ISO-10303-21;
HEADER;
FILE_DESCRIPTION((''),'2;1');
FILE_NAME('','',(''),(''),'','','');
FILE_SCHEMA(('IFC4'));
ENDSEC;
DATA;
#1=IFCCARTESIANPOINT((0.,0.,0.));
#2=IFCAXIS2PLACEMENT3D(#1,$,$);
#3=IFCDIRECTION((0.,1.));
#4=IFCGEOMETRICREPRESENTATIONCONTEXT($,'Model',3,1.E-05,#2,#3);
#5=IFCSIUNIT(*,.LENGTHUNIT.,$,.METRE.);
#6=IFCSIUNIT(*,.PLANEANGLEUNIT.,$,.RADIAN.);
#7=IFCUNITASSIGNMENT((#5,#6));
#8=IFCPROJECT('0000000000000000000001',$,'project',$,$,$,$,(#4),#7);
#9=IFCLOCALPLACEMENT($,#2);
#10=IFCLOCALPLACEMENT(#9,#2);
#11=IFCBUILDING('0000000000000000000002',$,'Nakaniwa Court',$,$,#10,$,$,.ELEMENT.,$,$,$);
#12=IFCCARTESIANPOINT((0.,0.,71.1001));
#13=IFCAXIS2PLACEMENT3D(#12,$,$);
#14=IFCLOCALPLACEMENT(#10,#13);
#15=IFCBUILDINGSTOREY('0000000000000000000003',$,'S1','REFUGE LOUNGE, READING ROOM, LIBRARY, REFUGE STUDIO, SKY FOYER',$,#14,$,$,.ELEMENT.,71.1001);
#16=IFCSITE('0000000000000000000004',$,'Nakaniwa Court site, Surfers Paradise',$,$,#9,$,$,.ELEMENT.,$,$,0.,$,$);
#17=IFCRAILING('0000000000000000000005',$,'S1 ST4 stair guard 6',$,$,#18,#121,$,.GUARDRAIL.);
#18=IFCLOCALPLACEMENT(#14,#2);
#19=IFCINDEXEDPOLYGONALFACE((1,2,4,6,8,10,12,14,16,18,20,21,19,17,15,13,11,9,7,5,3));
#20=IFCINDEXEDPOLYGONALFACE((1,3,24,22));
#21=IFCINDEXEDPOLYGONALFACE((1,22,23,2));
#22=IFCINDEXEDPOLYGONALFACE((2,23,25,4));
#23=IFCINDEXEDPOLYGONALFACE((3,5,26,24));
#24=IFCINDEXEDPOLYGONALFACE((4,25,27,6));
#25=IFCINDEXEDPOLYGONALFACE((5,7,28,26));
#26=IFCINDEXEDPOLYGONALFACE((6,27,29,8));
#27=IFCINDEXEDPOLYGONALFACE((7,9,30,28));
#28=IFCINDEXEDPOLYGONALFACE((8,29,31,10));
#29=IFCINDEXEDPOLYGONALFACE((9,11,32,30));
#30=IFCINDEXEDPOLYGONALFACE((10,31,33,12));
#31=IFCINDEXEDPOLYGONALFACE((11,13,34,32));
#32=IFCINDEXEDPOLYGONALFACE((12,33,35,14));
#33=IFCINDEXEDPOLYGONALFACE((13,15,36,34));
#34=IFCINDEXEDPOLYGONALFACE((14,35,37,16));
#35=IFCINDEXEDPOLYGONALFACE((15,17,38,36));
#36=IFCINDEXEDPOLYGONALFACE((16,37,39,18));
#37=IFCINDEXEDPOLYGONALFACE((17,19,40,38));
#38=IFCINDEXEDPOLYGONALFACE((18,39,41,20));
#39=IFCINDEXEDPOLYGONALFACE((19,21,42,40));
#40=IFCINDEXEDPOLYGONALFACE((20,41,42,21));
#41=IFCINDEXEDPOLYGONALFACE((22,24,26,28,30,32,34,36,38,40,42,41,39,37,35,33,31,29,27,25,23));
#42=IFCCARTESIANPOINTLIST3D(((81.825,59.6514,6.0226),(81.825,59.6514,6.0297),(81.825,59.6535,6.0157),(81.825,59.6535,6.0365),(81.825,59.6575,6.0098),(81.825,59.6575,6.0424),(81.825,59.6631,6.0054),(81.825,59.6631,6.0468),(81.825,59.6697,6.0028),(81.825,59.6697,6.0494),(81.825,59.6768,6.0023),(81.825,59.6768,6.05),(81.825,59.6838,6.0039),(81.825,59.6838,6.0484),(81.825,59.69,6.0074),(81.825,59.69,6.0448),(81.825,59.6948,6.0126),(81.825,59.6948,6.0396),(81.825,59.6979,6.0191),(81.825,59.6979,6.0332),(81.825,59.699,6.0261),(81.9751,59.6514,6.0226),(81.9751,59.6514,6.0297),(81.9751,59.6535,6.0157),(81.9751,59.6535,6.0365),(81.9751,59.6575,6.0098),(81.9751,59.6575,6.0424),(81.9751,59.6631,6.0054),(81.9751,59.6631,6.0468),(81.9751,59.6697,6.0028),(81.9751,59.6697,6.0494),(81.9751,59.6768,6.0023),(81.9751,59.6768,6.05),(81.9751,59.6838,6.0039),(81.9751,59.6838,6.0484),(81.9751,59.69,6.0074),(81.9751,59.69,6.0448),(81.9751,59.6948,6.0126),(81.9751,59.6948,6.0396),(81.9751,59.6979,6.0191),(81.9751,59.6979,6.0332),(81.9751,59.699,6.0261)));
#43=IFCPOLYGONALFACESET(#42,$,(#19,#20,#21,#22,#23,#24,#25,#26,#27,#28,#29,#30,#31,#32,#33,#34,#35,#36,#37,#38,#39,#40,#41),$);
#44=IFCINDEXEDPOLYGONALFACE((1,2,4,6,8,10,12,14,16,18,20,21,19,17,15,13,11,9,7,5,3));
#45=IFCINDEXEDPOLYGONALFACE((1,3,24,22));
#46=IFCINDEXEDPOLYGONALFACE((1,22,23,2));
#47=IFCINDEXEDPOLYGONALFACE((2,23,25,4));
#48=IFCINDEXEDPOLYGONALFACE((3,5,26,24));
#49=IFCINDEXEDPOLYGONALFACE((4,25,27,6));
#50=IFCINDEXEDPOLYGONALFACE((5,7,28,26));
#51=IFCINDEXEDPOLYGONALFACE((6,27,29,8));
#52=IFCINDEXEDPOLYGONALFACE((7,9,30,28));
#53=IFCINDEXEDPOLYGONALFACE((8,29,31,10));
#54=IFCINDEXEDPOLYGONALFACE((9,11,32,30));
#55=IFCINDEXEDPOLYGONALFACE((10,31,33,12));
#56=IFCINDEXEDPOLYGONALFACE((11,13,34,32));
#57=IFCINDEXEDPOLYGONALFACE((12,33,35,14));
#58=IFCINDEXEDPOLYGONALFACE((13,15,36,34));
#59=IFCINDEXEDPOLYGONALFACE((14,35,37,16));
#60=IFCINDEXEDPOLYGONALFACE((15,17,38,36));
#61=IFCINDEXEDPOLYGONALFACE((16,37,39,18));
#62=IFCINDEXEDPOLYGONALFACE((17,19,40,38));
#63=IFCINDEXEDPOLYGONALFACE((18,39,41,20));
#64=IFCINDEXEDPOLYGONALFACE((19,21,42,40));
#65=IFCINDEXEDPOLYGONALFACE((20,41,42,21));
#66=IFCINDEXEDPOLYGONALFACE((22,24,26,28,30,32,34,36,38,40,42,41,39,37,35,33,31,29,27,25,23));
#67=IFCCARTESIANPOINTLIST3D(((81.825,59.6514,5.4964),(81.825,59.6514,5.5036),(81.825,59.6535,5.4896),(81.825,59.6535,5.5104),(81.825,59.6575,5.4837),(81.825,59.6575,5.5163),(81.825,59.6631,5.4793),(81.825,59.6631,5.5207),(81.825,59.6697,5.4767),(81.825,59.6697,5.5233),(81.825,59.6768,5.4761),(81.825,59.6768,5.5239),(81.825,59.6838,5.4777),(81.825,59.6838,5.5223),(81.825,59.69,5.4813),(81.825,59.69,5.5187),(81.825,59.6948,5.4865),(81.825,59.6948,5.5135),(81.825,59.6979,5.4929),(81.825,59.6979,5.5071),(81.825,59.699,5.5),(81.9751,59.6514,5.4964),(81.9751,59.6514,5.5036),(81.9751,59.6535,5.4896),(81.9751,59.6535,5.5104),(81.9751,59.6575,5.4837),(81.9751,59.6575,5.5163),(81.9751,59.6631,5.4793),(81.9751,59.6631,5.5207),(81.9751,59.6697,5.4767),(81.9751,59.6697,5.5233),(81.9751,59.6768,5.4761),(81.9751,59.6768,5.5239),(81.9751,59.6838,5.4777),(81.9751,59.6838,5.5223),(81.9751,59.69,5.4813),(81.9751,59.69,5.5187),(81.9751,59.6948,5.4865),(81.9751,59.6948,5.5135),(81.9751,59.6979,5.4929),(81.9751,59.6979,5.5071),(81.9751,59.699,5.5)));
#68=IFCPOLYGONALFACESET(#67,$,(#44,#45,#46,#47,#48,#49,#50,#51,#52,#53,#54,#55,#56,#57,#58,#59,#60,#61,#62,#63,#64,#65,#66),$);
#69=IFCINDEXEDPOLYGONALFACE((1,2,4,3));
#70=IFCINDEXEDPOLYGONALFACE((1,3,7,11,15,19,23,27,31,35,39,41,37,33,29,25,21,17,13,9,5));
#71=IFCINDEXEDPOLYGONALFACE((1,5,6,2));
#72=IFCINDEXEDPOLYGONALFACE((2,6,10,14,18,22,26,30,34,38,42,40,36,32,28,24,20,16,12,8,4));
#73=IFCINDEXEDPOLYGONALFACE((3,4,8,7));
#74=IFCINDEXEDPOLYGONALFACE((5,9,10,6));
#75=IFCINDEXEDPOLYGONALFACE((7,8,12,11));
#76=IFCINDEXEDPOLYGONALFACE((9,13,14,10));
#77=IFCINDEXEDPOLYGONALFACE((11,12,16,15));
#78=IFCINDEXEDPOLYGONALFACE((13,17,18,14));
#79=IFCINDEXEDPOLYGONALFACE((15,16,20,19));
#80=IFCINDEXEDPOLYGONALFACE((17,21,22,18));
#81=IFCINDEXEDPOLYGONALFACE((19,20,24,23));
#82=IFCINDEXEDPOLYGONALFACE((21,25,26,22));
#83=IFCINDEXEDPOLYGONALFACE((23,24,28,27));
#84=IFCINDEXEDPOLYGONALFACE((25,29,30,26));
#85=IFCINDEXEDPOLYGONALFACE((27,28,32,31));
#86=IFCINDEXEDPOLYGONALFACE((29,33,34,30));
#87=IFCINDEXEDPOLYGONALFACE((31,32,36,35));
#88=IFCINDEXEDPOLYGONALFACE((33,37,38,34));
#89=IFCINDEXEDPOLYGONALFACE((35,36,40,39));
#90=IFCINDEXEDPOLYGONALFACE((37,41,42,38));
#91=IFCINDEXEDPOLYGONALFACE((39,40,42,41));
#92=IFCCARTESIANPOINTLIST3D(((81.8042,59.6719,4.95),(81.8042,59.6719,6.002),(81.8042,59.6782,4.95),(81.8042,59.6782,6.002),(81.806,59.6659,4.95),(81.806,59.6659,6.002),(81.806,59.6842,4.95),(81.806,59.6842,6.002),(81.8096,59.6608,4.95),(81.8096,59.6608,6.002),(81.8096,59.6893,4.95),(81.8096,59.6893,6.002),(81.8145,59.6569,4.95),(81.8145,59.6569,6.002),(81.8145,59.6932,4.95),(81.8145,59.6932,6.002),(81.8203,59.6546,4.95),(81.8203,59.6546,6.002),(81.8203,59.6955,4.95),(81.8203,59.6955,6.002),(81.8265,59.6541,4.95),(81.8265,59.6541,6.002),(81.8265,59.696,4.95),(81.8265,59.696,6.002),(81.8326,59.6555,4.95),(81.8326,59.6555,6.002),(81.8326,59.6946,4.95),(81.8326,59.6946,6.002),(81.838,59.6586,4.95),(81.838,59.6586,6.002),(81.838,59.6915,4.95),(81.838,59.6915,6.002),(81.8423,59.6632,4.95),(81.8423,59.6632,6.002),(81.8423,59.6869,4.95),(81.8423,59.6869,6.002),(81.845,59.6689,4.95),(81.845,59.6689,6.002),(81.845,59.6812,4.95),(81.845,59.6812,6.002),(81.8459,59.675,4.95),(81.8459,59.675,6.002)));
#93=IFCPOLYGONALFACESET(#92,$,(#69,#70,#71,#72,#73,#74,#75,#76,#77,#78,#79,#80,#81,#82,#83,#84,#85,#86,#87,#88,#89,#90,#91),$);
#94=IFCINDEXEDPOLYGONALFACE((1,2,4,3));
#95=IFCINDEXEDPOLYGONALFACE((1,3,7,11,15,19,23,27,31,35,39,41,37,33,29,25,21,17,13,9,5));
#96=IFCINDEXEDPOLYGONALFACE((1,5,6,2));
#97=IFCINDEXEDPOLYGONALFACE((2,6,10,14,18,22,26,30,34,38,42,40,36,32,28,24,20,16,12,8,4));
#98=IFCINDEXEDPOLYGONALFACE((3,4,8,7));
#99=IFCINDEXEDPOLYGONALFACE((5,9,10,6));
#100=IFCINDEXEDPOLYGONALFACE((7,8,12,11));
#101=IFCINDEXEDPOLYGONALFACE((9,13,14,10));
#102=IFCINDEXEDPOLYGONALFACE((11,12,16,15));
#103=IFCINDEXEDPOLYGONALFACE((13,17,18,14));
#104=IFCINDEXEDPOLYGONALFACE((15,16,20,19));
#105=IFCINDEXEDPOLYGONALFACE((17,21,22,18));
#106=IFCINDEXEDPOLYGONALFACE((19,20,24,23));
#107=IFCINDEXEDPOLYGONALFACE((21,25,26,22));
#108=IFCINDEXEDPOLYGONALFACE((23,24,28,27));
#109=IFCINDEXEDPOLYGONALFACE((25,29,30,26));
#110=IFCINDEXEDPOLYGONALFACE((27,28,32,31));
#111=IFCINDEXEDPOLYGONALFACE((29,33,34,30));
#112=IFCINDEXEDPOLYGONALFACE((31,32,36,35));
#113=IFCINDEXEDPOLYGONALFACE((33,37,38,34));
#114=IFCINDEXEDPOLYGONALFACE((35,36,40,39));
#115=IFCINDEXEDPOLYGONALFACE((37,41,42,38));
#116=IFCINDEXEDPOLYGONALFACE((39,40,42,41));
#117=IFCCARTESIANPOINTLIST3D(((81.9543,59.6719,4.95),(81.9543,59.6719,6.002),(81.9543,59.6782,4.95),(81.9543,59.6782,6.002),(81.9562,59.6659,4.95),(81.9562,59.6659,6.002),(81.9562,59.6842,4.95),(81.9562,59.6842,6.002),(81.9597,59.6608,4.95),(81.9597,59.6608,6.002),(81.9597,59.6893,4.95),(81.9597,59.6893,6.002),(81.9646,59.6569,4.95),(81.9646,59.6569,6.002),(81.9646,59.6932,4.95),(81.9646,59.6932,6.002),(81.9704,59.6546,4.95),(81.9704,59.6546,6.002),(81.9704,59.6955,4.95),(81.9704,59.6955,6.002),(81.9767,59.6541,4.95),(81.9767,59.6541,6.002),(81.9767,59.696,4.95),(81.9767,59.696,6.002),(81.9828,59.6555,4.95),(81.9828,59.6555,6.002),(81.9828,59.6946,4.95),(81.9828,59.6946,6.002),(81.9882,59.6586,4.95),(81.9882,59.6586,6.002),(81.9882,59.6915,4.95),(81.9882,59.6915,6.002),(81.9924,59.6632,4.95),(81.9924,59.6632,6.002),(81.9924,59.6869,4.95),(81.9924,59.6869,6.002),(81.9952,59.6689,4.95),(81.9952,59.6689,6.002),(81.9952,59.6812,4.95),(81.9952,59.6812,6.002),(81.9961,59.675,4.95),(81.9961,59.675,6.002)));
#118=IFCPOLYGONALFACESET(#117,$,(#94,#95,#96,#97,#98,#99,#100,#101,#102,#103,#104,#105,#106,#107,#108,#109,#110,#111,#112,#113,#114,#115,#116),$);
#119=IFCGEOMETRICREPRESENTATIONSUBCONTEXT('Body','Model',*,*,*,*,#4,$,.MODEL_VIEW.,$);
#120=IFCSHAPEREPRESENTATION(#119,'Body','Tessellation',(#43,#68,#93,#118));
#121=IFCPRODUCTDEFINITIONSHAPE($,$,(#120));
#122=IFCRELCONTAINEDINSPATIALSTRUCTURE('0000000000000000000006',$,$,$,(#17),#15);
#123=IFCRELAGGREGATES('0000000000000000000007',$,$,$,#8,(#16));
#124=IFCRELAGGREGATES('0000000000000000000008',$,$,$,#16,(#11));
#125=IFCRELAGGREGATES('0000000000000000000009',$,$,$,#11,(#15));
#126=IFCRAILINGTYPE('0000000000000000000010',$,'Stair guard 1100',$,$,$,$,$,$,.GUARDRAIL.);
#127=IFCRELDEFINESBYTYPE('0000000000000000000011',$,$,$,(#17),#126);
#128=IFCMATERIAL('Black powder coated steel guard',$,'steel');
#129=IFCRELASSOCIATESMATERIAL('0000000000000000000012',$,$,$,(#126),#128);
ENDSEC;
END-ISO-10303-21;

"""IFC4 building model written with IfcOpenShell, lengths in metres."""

from ifc_helpers import new_model, si_unit, direction, frame, origin, origin_2d, place, context, subcontext, project, spatial, circle, extrude, material, type_object, element, save


model = new_model("IFC4")

# Units and contexts
model_context = context("Model", 3, precision=1e-05, world=origin(), true_north=direction((0.0, 1.0)))
body_context = subcontext(model_context, "Body", "Model", "MODEL_VIEW")
ifc_project = project(units=[si_unit("LENGTHUNIT", "METRE"), si_unit("PLANEANGLEUNIT", "RADIAN")], contexts=[model_context])

# Site, building, storey
site_placement = place(None, origin())
site = spatial("IfcSite", under=ifc_project, at=site_placement, Name="Nakaniwa Court site, Surfers Paradise", CompositionType="ELEMENT", RefElevation=0.0)
building_placement = place(site_placement, origin())
building = spatial("IfcBuilding", under=site, at=building_placement, Name="Nakaniwa Court", CompositionType="ELEMENT")
storey_placement = place(building_placement, frame((0.0, 0.0, 71.1001)))
storey = spatial("IfcBuildingStorey", under=building, at=storey_placement, Name="S1", Description="REFUGE LOUNGE, READING ROOM, LIBRARY, REFUGE STUDIO, SKY FOYER", CompositionType="ELEMENT", Elevation=71.1001)

# Railing
ifc_material_1 = material(Name="Black powder coated steel guard", Category="steel")
railing_type_1 = type_object("IfcRailingType", Name="Stair guard 1100", PredefinedType="GUARDRAIL", material=ifc_material_1)
railing_1_placement = place(storey_placement, frame((81.825, 59.675, 4.95)))
element("IfcRailing", 1, at=railing_1_placement, inside=storey, type_object=railing_type_1, Name="S1 ST4 stair guard 6", PredefinedType="GUARDRAIL", context=body_context, shape_type="SweptSolid", body=[
    extrude(circle(Radius=0.0239, at=origin_2d()), frame((0.0, 0.0, 1.0762), z_axis=(1.0, 0.0, 0.0), x_axis=(0.0, 1.0, 0.0)), (0.0, 0.0, 1.0), 0.1501),
    extrude(circle(Radius=0.0239, at=origin_2d()), frame((0.0, 0.0, 0.55), z_axis=(1.0, 0.0, 0.0), x_axis=(0.0, 1.0, 0.0)), (0.0, 0.0, 1.0), 0.1501),
    extrude(circle(Radius=0.021, at=origin_2d()), origin(), (0.0, 0.0, 1.0), 1.052),
    extrude(circle(Radius=0.021, at=origin_2d()), frame((0.1501, 0.0, 0.0)), (0.0, 0.0, 1.0), 1.052),
])

save(model, "model.ifc")
